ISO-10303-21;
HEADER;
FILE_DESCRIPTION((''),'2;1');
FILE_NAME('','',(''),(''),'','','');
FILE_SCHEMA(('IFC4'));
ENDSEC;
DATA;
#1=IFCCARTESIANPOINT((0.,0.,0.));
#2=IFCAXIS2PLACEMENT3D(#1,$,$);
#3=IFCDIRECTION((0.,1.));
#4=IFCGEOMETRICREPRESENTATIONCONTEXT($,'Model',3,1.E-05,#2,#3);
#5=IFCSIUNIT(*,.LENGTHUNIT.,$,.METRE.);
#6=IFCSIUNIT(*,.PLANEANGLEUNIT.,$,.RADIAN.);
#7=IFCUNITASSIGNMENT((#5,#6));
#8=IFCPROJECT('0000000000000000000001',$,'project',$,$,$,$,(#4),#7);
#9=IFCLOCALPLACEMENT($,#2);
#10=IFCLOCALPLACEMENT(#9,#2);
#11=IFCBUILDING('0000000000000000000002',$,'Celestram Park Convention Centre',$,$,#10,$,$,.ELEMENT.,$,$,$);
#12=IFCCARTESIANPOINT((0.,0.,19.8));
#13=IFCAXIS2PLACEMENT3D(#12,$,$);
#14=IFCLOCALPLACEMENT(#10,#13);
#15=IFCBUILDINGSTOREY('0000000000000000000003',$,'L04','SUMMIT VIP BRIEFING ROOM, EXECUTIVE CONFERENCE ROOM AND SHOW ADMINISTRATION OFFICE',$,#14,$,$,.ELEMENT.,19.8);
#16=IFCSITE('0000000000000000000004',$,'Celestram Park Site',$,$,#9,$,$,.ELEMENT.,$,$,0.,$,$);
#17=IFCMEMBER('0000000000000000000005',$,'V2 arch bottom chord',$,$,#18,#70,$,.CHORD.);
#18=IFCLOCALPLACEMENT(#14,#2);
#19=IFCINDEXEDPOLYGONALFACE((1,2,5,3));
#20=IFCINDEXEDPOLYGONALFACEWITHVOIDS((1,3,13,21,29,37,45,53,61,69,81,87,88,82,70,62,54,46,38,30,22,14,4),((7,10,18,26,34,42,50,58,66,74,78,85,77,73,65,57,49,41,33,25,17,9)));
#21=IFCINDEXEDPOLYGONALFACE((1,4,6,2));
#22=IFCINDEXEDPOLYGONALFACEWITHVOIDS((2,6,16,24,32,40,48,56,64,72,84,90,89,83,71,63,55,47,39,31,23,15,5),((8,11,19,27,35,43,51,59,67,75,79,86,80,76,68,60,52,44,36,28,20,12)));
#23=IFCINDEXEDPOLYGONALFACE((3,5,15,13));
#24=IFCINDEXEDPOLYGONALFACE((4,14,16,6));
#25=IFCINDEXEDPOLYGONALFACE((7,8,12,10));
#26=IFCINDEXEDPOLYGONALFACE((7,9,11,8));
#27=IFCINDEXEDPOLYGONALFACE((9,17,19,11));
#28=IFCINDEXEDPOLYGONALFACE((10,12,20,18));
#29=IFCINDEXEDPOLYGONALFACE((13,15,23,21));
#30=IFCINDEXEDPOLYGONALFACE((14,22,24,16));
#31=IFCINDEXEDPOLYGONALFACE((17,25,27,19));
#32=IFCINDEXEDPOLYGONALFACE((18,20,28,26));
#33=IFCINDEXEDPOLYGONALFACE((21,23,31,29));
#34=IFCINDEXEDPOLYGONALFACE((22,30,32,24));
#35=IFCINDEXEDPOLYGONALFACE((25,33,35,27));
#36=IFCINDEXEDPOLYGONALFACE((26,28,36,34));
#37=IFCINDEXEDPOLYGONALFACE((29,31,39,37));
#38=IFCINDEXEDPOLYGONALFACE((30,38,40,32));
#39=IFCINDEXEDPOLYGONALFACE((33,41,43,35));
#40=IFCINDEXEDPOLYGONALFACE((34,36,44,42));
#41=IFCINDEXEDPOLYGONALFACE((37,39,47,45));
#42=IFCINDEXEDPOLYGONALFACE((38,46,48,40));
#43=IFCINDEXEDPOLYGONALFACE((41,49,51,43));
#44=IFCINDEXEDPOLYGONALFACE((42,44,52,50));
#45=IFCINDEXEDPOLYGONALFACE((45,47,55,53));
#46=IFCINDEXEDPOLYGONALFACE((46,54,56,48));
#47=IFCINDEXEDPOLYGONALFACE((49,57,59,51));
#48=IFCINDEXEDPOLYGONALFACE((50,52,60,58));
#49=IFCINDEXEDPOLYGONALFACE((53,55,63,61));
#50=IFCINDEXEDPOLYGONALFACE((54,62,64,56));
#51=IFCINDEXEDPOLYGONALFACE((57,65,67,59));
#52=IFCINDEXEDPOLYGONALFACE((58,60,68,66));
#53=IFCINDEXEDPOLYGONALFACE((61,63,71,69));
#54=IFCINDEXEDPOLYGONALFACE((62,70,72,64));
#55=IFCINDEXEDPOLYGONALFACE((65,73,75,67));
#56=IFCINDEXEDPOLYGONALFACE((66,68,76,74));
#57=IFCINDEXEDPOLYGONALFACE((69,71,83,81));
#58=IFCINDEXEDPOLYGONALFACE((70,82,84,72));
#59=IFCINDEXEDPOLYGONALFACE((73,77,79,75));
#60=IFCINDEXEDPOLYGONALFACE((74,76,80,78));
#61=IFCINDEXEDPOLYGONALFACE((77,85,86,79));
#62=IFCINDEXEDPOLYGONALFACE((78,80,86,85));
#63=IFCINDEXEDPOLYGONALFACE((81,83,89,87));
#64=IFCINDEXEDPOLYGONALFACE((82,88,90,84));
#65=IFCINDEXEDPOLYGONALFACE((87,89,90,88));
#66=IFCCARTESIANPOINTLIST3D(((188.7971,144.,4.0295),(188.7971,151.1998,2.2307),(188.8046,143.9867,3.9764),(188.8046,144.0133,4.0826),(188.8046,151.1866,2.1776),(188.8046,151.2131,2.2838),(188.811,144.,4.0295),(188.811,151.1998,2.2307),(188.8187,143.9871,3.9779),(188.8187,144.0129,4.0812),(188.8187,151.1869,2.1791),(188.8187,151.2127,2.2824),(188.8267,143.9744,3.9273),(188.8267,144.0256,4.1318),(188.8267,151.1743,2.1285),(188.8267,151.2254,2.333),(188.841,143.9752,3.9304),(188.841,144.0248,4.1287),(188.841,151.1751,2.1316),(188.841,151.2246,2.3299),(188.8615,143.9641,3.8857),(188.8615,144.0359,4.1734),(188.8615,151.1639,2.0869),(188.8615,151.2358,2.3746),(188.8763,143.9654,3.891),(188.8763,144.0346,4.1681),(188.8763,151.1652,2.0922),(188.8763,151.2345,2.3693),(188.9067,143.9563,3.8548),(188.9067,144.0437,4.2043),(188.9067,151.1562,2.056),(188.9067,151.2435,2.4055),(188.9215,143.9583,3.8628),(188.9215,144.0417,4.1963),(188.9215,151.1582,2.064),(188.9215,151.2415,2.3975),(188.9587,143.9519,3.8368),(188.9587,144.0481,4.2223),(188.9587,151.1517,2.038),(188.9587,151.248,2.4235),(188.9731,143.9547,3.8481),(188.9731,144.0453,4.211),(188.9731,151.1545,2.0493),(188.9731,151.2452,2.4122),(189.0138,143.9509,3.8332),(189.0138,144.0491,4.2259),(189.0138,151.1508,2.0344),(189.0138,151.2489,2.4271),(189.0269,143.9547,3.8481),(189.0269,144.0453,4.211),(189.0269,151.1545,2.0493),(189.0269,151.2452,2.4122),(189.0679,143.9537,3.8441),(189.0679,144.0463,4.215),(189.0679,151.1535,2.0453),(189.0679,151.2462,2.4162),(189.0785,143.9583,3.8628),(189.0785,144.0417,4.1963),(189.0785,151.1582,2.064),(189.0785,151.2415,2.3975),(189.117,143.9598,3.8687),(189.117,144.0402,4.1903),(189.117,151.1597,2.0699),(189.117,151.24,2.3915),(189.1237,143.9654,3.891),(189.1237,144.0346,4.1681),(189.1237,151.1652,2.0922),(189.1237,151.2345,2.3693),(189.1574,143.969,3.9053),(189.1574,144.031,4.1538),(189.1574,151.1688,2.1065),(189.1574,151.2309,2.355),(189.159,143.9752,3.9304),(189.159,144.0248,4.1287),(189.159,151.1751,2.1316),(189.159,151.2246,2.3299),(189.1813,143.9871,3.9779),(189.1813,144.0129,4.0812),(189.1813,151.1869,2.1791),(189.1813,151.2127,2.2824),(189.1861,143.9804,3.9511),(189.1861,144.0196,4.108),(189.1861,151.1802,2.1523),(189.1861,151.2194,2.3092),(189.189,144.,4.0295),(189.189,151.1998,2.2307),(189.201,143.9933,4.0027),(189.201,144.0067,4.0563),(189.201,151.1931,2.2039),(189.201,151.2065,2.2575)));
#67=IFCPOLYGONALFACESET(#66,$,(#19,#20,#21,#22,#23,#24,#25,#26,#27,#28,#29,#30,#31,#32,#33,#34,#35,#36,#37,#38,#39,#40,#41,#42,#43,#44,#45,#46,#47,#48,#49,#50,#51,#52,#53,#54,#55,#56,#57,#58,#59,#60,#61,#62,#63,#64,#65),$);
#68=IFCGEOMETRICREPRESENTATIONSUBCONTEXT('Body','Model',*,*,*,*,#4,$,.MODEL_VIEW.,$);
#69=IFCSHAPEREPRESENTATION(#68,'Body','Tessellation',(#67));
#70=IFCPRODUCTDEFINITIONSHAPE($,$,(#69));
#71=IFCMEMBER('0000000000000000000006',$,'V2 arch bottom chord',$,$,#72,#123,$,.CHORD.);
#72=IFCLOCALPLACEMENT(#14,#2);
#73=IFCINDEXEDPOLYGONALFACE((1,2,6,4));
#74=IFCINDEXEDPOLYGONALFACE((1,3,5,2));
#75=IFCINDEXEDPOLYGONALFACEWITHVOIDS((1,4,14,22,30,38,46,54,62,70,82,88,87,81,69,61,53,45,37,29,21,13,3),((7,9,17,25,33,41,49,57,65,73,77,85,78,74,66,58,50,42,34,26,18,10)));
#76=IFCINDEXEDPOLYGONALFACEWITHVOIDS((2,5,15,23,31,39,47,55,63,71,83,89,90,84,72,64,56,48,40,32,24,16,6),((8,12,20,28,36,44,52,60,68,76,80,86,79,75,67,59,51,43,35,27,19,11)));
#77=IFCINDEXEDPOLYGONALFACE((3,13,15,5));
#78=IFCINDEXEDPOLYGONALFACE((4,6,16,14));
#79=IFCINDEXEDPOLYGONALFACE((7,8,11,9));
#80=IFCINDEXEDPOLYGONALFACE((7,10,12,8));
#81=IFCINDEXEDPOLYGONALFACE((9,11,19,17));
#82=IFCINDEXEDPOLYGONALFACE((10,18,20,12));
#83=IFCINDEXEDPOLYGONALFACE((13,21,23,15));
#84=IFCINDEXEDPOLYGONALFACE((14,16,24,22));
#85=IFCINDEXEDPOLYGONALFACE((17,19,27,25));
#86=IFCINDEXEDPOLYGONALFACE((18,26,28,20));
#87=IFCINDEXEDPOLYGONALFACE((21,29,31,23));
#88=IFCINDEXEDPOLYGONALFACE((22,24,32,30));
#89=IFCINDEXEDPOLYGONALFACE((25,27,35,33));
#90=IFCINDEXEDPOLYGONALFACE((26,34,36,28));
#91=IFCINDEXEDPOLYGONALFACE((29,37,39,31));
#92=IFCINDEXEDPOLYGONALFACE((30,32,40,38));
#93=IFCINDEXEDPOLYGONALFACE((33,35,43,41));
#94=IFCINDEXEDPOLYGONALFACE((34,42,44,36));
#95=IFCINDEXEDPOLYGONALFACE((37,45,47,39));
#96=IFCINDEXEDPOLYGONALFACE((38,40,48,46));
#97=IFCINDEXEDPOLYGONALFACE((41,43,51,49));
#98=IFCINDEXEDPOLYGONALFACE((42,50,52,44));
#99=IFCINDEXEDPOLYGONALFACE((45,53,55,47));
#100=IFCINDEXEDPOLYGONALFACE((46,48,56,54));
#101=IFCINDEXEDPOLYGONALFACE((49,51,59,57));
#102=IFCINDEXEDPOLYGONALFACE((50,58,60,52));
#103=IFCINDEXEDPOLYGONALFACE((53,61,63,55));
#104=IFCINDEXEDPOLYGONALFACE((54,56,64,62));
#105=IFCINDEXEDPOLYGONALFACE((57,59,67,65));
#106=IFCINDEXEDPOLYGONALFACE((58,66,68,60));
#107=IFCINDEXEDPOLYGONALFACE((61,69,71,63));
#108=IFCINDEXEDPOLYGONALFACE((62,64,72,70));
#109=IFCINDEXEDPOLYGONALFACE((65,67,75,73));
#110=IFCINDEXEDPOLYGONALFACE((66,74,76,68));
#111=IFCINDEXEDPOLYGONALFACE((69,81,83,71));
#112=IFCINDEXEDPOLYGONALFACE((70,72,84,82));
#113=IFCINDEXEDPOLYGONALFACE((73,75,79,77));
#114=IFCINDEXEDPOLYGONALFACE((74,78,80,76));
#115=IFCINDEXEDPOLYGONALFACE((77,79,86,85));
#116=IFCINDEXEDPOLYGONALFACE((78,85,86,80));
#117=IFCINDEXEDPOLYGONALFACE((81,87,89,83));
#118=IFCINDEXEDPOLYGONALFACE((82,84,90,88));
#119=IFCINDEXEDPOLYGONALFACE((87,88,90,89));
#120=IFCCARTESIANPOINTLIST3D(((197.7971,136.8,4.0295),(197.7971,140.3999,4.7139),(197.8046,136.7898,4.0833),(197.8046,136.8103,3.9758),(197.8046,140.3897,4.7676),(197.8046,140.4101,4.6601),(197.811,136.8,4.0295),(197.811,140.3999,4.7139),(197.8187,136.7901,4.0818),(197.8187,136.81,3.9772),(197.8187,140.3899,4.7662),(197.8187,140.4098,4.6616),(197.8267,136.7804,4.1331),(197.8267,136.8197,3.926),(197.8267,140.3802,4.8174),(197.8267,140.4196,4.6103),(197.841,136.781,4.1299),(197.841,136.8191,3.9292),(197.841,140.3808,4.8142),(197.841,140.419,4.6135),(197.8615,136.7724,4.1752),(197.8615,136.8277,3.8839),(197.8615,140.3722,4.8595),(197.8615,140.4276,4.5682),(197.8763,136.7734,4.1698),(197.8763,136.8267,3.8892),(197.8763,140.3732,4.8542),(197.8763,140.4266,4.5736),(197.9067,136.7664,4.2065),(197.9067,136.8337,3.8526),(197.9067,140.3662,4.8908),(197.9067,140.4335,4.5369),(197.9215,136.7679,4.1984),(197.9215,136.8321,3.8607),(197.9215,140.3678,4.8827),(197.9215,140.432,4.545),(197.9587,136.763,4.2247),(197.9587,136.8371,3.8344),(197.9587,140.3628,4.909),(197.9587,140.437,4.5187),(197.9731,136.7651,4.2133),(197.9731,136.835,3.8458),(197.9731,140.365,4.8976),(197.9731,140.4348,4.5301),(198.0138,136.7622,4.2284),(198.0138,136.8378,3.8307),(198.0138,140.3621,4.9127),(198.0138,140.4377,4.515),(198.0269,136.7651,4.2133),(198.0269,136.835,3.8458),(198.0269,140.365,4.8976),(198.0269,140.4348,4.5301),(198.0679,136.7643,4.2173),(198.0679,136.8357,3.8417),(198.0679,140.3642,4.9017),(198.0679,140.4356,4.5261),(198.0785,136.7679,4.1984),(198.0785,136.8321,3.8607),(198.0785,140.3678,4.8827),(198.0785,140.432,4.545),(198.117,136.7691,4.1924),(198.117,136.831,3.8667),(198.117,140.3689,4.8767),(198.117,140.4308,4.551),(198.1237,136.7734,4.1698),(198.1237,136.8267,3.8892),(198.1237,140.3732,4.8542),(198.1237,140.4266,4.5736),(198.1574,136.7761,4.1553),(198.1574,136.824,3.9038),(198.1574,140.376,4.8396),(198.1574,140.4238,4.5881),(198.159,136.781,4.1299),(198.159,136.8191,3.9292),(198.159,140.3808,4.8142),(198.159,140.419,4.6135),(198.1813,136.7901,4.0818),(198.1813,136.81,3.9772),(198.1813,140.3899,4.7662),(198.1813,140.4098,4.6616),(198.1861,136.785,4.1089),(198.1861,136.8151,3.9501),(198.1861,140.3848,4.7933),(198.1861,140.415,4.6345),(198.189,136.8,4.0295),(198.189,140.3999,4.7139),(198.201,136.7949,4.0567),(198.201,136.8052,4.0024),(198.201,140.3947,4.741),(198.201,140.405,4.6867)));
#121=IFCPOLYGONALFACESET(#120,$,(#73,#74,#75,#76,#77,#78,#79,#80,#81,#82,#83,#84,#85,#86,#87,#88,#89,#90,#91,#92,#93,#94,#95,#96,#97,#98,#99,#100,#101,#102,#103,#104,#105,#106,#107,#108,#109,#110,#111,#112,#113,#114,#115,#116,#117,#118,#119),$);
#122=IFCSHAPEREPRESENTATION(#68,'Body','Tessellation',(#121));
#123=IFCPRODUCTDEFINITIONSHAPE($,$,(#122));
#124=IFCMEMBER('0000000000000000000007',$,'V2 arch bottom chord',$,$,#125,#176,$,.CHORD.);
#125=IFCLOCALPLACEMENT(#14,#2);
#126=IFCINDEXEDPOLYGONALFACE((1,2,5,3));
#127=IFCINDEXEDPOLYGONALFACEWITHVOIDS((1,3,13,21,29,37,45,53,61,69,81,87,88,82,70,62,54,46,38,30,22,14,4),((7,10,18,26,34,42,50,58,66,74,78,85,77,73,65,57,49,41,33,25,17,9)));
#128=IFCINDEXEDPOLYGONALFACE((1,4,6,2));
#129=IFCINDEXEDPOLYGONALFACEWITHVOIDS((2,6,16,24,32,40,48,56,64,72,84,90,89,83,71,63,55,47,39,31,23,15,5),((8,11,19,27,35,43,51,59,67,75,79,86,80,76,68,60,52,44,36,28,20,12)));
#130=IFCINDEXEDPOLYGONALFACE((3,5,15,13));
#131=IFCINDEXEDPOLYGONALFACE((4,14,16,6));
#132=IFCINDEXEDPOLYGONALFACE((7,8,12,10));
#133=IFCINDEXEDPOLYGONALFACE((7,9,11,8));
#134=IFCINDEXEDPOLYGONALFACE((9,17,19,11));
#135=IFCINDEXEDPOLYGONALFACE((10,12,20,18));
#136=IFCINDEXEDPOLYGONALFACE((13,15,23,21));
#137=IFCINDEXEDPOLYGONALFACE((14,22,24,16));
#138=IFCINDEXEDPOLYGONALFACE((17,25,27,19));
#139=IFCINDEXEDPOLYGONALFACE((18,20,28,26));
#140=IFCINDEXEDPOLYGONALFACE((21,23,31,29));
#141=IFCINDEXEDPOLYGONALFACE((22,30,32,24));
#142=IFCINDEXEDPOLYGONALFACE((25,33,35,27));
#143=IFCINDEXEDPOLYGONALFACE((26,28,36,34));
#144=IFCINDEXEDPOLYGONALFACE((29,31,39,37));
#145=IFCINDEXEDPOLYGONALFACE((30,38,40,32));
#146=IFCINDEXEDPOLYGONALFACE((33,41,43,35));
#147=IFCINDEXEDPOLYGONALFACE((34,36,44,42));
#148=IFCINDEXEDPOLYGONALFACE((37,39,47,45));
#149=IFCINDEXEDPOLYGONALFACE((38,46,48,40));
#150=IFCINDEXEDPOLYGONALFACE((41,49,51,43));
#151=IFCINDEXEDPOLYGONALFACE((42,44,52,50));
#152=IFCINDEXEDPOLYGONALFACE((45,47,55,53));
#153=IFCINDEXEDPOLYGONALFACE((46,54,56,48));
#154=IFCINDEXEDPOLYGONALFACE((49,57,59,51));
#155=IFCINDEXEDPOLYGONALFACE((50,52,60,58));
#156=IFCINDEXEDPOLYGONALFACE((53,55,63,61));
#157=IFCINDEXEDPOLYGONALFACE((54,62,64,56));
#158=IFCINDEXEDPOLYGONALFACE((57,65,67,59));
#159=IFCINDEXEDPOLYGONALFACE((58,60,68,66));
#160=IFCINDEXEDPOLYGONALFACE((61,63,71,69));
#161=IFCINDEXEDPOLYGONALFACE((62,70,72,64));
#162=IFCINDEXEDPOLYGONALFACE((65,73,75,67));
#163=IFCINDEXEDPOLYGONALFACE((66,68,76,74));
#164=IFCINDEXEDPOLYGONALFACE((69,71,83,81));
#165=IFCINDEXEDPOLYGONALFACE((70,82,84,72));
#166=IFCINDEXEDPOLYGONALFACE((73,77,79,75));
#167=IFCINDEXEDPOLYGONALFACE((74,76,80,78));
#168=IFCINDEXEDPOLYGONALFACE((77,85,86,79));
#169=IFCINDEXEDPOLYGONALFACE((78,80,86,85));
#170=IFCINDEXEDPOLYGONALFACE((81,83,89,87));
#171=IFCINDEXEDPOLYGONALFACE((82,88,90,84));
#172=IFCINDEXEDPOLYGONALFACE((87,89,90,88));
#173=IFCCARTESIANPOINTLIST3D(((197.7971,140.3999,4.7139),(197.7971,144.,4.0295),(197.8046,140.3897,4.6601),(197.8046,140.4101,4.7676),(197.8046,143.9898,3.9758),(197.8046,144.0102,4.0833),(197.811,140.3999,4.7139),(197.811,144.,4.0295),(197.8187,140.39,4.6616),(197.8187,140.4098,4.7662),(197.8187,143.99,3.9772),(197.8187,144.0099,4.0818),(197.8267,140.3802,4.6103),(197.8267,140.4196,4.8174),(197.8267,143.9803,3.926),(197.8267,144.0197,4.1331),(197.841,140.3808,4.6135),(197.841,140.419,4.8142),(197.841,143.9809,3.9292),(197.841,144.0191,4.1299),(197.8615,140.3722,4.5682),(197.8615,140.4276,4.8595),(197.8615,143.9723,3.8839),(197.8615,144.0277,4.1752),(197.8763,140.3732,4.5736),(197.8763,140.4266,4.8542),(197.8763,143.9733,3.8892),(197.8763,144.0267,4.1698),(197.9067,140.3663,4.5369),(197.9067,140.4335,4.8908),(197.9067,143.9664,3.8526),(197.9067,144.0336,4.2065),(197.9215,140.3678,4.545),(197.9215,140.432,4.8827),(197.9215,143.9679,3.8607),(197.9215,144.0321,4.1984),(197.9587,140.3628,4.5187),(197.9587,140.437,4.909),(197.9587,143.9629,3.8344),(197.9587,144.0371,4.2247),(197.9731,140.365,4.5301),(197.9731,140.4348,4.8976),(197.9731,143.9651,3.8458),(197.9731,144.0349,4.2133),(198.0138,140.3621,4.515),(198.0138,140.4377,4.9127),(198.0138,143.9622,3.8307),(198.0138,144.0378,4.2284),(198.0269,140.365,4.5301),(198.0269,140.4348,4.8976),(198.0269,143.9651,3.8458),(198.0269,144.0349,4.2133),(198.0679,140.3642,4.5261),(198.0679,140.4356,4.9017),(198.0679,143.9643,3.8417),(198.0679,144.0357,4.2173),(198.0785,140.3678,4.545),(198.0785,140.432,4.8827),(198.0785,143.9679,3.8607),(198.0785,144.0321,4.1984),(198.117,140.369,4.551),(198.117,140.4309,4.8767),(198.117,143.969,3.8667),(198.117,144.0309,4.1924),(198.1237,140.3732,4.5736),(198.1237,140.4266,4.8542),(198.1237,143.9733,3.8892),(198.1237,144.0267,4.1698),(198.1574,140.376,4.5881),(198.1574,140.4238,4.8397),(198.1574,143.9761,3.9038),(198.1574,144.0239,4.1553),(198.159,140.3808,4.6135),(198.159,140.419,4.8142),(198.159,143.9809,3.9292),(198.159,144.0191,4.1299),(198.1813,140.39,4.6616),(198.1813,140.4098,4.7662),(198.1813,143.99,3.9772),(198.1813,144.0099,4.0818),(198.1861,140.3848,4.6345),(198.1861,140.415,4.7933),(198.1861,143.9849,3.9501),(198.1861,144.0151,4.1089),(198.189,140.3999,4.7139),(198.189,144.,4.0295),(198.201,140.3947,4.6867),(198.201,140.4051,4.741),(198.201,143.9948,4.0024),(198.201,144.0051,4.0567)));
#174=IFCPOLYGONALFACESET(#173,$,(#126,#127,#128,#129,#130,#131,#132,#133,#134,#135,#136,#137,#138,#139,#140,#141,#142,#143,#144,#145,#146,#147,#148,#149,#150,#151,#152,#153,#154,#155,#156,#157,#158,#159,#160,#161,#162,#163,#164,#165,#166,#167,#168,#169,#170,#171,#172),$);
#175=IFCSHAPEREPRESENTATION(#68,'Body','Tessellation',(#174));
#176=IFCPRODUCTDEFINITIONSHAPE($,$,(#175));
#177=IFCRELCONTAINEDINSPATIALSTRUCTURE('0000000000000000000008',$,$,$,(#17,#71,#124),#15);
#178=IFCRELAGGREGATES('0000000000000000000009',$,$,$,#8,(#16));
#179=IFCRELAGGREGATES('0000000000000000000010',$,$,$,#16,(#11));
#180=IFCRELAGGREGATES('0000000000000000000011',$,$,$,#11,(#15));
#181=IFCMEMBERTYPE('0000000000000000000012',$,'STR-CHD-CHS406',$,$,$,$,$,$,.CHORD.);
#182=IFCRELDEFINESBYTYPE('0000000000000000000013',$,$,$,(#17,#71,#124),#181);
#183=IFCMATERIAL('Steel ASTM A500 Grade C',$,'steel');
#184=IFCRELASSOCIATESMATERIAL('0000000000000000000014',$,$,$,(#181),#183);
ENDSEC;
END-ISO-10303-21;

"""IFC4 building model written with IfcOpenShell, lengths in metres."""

from ifc_helpers import new_model, si_unit, direction, frame, origin, origin_2d, place, context, subcontext, project, spatial, hollow_circle, extrude, material, material_profile, profile_set, type_object, element, save


model = new_model("IFC4")

# Units and contexts
model_context = context("Model", 3, precision=1e-05, world=origin(), true_north=direction((0.0, 1.0)))
body_context = subcontext(model_context, "Body", "Model", "MODEL_VIEW")
ifc_project = project(units=[si_unit("LENGTHUNIT", "METRE"), si_unit("PLANEANGLEUNIT", "RADIAN")], contexts=[model_context])

# Site, building, storey
site_placement = place(None, origin())
site = spatial("IfcSite", under=ifc_project, at=site_placement, Name="Celestram Park Site", CompositionType="ELEMENT", RefElevation=0.0)
building_placement = place(site_placement, origin())
building = spatial("IfcBuilding", under=site, at=building_placement, Name="Celestram Park Convention Centre", CompositionType="ELEMENT")
storey_placement = place(building_placement, frame((0.0, 0.0, 19.8)))
storey = spatial("IfcBuildingStorey", under=building, at=storey_placement, Name="L04", Description="SUMMIT VIP BRIEFING ROOM, EXECUTIVE CONFERENCE ROOM AND SHOW ADMINISTRATION OFFICE", CompositionType="ELEMENT", Elevation=19.8)

# Members
ifc_material_1 = material(Name="Steel ASTM A500 Grade C", Category="steel")
ifc_material_profile_1 = material_profile(ifc_material_1, hollow_circle(Radius=0.2029, WallThickness=0.0139, at=origin_2d()), Name="CHS406X14")
ifc_profile_set_1 = profile_set([ifc_material_profile_1], Name="Steel ASTM A500 Grade C")
member_type_1 = type_object("IfcMemberType", Name="STR-CHD-CHS406", PredefinedType="CHORD", material=ifc_profile_set_1)
member_1_placement = place(storey_placement, frame((189.0, 144.0, 4.0295), z_axis=(0.0, 0.970179, -0.242389), x_axis=(-1.0, 0.0, 0.0)))
element("IfcMember", 1, at=member_1_placement, inside=storey, type_object=member_type_1, Name="V2 arch bottom chord", PredefinedType="CHORD", context=body_context, shape_type="SweptSolid", body=[
    extrude(hollow_circle(Radius=0.2029, WallThickness=0.0139, at=origin_2d()), origin(), (0.0, 0.0, 1.0), 7.4211),
])
member_2_placement = place(storey_placement, frame((198.0, 136.8, 4.0295), z_axis=(0.0, 0.982407, 0.186754), x_axis=(-1.0, 0.0, 0.0)))
element("IfcMember", 2, at=member_2_placement, inside=storey, type_object=member_type_1, Name="V2 arch bottom chord", PredefinedType="CHORD", context=body_context, shape_type="SweptSolid", body=[
    extrude(hollow_circle(Radius=0.2029, WallThickness=0.0139, at=origin_2d()), origin(), (0.0, 0.0, 1.0), 3.6643),
])
member_3_placement = place(storey_placement, frame((198.0, 140.3999, 4.7139), z_axis=(0.0, 0.982409, -0.186742), x_axis=(-1.0, 0.0, 0.0)))
element("IfcMember", 3, at=member_3_placement, inside=storey, type_object=member_type_1, Name="V2 arch bottom chord", PredefinedType="CHORD", context=body_context, shape_type="SweptSolid", body=[
    extrude(hollow_circle(Radius=0.2029, WallThickness=0.0139, at=origin_2d()), origin(), (0.0, 0.0, 1.0), 3.6646),
])

save(model, "model.ifc")
